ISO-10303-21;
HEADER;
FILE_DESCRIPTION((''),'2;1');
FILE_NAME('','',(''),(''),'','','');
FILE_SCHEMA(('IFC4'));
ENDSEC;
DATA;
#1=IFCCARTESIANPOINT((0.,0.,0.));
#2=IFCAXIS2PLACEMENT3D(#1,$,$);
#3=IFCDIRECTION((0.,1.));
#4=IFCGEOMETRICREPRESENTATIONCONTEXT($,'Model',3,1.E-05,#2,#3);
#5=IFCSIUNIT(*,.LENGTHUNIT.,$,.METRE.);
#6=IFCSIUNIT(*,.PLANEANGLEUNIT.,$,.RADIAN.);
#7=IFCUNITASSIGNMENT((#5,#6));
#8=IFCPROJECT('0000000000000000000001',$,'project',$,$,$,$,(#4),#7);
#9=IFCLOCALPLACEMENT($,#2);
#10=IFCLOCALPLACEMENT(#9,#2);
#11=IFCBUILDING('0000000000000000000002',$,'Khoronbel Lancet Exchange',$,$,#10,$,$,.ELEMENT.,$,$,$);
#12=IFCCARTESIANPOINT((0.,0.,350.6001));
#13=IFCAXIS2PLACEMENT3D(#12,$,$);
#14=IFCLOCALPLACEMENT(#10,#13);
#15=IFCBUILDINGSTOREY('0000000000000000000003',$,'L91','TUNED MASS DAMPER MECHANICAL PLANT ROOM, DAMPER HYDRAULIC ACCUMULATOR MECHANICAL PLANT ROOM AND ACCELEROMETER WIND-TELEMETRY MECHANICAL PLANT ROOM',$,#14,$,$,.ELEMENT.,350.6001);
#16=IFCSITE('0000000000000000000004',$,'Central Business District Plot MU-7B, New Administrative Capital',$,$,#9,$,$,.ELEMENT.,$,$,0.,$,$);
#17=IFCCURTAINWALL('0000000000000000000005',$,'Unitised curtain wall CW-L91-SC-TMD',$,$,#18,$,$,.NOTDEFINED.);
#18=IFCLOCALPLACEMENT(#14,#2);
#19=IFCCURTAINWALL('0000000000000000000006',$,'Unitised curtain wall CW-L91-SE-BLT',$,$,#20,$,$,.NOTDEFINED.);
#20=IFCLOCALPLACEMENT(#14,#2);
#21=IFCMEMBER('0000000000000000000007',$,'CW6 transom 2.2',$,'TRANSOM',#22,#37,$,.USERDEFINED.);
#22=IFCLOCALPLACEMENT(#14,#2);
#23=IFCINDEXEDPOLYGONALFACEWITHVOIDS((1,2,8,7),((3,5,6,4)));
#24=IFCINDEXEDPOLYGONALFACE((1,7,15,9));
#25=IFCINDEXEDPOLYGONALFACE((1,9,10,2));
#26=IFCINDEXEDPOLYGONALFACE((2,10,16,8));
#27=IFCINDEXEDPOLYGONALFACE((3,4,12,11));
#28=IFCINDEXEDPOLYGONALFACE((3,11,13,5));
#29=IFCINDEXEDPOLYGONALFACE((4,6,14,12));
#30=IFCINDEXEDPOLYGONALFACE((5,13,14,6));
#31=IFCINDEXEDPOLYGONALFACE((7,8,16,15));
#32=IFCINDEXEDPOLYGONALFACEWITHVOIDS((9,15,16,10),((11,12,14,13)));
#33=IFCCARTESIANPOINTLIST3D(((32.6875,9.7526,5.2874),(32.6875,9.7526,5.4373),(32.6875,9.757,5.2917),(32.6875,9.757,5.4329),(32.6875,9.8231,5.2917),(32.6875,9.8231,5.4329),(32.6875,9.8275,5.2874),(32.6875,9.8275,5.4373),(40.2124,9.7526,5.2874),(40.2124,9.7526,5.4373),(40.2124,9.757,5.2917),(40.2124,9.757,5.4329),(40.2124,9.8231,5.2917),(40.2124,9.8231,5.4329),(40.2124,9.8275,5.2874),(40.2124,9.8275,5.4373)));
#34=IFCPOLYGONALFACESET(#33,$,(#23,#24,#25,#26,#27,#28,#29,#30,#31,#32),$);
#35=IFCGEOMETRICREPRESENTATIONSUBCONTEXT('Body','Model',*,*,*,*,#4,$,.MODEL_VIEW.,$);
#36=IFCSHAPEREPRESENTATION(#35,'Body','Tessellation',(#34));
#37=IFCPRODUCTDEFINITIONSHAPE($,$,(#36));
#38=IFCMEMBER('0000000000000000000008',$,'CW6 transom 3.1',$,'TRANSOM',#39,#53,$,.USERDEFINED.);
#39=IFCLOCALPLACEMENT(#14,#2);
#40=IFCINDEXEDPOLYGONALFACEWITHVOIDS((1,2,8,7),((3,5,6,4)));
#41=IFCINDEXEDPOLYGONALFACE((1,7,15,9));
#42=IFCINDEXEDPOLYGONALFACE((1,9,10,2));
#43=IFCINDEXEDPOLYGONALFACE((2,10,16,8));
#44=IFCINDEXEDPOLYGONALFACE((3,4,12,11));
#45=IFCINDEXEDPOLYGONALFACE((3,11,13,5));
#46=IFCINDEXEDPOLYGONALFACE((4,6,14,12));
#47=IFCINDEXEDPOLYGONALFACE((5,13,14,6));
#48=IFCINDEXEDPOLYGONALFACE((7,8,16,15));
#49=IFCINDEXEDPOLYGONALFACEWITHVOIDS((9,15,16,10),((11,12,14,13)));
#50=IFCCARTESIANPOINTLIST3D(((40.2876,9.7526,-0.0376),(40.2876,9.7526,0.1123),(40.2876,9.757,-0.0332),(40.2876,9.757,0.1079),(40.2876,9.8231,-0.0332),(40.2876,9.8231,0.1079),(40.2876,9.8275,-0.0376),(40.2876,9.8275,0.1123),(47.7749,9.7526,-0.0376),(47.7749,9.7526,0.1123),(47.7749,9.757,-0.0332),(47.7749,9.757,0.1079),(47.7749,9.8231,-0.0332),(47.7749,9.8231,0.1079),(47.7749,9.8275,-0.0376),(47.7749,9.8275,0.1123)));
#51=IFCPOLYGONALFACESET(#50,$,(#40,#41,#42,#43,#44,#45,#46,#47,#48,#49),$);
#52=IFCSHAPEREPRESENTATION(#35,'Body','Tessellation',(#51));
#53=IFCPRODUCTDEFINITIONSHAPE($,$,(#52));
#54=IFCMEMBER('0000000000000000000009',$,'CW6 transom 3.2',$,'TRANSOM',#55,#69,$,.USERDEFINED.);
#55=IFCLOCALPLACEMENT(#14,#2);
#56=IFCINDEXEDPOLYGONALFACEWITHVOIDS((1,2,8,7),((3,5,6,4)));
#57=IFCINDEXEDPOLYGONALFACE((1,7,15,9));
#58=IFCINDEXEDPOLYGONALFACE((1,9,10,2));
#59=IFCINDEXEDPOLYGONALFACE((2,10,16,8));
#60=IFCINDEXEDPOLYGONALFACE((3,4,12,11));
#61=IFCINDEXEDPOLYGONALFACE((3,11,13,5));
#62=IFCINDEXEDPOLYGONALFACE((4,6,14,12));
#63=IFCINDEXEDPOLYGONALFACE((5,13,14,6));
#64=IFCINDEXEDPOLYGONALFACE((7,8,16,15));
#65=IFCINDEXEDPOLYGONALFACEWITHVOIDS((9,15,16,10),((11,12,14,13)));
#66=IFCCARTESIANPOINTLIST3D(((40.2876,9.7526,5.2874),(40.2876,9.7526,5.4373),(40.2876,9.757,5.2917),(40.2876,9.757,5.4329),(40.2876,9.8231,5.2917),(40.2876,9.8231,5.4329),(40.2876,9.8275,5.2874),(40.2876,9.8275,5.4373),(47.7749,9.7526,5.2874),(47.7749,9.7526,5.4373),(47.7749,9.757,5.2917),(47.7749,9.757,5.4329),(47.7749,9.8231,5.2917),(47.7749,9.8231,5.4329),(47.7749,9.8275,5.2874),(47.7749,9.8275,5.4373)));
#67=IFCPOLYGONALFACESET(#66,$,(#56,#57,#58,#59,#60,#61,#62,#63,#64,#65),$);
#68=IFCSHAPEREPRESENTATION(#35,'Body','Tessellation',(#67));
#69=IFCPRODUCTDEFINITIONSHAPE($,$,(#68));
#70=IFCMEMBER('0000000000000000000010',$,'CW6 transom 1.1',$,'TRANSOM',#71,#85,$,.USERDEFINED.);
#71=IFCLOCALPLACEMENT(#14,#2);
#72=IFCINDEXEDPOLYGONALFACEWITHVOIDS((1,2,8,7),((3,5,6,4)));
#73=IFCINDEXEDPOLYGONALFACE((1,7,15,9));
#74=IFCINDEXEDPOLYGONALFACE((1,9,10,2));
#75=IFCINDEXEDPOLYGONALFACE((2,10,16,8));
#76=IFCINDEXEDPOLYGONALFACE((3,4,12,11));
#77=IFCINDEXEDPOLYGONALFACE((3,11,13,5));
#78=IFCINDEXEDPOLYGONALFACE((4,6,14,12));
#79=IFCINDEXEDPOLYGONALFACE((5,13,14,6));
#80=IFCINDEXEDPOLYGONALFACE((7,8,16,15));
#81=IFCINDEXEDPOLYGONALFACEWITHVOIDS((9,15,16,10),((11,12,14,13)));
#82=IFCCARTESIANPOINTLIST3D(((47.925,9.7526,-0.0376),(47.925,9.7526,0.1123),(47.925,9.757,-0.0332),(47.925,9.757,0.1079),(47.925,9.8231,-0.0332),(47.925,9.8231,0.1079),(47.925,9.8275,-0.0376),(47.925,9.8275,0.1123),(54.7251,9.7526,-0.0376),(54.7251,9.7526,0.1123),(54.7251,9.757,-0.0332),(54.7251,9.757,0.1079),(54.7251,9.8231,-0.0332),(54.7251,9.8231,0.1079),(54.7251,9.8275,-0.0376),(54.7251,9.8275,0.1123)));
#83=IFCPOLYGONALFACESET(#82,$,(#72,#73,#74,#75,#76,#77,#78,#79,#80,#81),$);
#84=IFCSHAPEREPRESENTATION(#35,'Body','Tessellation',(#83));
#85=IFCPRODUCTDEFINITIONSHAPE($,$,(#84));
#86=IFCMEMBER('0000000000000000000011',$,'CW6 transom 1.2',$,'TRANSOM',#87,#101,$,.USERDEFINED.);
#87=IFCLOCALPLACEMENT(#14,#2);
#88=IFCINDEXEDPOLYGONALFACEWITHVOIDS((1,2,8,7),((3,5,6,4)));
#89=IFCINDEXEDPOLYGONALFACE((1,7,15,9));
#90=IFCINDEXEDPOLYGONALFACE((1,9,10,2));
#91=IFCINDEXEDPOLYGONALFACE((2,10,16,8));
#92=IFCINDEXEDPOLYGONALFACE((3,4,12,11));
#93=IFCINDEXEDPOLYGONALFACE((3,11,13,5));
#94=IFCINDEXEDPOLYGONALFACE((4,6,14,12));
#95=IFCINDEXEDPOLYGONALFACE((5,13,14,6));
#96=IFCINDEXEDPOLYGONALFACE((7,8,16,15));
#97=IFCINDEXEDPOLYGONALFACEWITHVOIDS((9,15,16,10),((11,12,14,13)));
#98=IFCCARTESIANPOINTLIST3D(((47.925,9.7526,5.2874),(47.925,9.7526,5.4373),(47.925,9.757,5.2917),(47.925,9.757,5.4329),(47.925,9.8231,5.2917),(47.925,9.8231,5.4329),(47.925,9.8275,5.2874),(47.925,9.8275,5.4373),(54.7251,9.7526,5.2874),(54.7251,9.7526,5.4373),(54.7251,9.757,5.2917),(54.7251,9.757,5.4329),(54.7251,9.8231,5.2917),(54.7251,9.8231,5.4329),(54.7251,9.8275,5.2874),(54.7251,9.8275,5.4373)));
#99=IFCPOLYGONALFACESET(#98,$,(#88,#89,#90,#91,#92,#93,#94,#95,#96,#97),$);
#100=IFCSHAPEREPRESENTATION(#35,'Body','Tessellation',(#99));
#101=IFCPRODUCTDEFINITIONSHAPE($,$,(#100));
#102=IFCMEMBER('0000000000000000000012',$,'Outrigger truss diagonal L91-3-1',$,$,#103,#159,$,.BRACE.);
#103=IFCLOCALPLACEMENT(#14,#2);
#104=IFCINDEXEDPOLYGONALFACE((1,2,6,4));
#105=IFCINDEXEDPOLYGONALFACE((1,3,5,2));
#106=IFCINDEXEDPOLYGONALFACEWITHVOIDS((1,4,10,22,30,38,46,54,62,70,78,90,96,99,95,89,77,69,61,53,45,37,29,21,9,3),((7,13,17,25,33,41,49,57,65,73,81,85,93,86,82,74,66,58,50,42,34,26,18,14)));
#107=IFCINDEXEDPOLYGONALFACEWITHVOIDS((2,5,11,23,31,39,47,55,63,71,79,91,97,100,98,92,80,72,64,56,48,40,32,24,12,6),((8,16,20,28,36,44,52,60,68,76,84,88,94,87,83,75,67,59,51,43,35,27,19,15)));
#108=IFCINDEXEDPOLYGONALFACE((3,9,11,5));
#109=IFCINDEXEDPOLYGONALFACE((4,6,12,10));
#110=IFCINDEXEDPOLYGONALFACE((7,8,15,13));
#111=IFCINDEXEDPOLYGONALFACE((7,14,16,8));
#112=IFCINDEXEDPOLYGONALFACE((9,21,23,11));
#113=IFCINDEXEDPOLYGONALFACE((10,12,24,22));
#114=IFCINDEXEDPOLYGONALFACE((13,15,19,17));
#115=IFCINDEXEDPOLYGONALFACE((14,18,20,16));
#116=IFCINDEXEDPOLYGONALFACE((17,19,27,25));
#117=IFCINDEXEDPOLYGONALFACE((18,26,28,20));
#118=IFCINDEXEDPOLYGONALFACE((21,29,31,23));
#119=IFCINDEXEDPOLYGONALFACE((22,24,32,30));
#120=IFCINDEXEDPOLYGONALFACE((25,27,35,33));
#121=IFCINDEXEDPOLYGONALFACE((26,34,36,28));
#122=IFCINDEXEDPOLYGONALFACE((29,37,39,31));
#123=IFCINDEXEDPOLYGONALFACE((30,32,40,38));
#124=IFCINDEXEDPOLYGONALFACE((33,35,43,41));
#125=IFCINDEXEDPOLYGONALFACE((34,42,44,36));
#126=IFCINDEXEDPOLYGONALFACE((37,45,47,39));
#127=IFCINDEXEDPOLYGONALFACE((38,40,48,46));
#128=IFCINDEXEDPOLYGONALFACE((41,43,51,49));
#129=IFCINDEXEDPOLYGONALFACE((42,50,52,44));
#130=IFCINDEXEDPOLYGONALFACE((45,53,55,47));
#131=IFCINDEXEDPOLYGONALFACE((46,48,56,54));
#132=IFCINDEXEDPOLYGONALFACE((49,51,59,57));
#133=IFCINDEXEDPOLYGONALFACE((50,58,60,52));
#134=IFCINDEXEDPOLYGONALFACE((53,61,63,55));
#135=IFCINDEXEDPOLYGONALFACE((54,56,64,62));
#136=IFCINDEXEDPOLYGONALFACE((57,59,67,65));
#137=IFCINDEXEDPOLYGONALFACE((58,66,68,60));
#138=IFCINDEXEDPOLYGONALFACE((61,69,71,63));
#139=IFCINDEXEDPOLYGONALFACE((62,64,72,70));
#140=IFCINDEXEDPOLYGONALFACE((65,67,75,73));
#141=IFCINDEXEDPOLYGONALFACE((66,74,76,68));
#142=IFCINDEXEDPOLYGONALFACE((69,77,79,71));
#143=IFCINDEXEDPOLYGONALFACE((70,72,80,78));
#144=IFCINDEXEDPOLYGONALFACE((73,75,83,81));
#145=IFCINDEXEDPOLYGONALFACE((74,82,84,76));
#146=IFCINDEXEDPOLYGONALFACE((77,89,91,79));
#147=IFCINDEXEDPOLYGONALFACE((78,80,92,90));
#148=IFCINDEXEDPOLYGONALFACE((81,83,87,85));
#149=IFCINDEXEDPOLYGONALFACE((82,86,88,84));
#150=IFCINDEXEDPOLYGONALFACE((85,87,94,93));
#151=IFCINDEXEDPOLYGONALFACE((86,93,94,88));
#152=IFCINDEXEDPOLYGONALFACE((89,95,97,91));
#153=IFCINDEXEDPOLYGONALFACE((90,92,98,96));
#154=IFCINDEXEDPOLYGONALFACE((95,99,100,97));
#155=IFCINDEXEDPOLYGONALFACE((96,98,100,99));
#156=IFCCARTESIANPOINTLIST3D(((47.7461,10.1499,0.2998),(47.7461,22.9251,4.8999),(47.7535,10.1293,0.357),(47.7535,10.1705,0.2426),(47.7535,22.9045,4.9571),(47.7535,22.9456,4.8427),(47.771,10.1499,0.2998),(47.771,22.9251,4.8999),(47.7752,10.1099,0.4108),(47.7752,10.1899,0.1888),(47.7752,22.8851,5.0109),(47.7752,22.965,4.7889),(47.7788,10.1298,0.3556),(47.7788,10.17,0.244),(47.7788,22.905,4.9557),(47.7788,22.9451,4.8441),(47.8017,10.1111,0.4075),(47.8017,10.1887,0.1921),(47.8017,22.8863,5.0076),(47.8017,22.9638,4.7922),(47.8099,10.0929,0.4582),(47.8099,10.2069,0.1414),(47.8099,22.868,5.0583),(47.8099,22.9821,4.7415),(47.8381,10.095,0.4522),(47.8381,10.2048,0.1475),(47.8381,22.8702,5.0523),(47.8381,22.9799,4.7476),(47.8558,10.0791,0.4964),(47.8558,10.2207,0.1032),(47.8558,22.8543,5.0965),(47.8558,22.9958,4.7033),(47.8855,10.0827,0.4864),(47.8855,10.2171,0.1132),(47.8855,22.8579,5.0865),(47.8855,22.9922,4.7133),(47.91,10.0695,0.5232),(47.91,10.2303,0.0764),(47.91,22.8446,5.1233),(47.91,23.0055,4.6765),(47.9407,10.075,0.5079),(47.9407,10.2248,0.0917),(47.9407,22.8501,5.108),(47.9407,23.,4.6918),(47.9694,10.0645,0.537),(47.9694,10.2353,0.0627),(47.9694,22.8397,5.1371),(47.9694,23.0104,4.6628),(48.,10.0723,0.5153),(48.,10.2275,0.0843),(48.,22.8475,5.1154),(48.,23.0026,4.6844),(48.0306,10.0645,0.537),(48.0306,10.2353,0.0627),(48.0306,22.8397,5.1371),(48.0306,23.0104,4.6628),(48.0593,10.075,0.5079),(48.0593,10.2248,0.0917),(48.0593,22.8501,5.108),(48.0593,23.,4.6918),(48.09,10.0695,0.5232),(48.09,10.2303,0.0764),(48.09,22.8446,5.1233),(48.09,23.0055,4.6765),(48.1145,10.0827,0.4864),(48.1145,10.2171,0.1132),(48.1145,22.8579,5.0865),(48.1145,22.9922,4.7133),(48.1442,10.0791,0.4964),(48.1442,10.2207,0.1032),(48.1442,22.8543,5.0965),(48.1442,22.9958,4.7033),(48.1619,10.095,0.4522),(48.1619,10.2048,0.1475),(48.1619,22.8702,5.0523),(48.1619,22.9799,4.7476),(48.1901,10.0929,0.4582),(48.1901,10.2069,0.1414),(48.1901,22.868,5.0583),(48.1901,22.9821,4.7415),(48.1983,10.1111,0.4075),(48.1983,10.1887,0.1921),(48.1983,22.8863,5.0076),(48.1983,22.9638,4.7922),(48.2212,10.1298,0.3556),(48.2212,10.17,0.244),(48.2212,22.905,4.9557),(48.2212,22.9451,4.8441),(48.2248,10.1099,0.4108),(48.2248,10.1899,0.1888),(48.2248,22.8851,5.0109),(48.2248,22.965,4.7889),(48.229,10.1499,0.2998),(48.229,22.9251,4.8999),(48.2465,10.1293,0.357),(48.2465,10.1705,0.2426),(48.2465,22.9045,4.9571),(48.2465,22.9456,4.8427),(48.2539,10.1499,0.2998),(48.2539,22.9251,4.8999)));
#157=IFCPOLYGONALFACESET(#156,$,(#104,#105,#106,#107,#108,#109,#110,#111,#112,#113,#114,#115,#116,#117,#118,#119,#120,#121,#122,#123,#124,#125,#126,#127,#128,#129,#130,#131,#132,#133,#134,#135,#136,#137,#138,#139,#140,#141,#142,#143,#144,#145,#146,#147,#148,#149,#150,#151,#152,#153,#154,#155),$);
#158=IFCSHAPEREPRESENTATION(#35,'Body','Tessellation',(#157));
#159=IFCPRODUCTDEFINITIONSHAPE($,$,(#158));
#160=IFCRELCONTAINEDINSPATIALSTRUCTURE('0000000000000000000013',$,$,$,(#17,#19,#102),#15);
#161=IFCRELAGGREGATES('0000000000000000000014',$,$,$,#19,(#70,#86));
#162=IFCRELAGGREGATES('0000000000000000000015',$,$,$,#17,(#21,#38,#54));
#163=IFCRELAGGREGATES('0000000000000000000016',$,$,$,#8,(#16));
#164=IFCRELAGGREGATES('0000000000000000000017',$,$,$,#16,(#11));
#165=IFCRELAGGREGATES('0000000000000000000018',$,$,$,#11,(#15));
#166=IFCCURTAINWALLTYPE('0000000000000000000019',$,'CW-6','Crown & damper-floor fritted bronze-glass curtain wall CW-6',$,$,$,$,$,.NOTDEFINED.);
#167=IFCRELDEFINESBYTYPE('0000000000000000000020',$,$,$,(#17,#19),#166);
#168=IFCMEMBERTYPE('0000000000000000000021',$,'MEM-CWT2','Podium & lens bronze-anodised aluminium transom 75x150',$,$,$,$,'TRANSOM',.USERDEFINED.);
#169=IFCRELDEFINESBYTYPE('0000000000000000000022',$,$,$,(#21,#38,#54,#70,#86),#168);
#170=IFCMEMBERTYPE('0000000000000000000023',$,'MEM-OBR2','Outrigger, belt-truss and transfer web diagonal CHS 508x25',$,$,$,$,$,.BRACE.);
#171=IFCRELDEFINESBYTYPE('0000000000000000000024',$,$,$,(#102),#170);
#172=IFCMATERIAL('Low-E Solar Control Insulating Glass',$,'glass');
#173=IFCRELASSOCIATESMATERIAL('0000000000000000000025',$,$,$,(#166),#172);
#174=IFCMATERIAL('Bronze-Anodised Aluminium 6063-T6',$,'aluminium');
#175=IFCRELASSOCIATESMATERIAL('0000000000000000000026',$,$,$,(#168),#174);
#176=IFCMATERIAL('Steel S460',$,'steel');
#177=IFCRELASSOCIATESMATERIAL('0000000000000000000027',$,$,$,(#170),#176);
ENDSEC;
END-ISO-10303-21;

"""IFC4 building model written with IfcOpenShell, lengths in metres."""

from ifc_helpers import new_model, si_unit, direction, frame, origin, origin_2d, place, context, subcontext, project, spatial, hollow_rectangle, hollow_circle, extrude, material, material_profile, profile_set, type_object, element, aggregate, save


model = new_model("IFC4")

# Units and contexts
model_context = context("Model", 3, precision=1e-05, world=origin(), true_north=direction((0.0, 1.0)))
body_context = subcontext(model_context, "Body", "Model", "MODEL_VIEW")
ifc_project = project(units=[si_unit("LENGTHUNIT", "METRE"), si_unit("PLANEANGLEUNIT", "RADIAN")], contexts=[model_context])

# Site, building, storey
site_placement = place(None, origin())
site = spatial("IfcSite", under=ifc_project, at=site_placement, Name="Central Business District Plot MU-7B, New Administrative Capital", CompositionType="ELEMENT", RefElevation=0.0)
building_placement = place(site_placement, origin())
building = spatial("IfcBuilding", under=site, at=building_placement, Name="Khoronbel Lancet Exchange", CompositionType="ELEMENT")
storey_placement = place(building_placement, frame((0.0, 0.0, 350.6001)))
storey = spatial("IfcBuildingStorey", under=building, at=storey_placement, Name="L91", Description="TUNED MASS DAMPER MECHANICAL PLANT ROOM, DAMPER HYDRAULIC ACCUMULATOR MECHANICAL PLANT ROOM AND ACCELEROMETER WIND-TELEMETRY MECHANICAL PLANT ROOM", CompositionType="ELEMENT", Elevation=350.6001)

# Shared definitions
ifc_material_1 = material(Name="Steel S460", Category="steel")

# Curtain wall
ifc_material_2 = material(Name="Low-E Solar Control Insulating Glass", Category="glass")
curtain_wall_type = type_object("IfcCurtainWallType", Name="CW-6", Description="Crown & damper-floor fritted bronze-glass curtain wall CW-6", PredefinedType="NOTDEFINED", material=ifc_material_2)
curtain_wall_1_placement = place(storey_placement, origin())
curtain_wall_1 = element("IfcCurtainWall", 1, at=curtain_wall_1_placement, inside=storey, type_object=curtain_wall_type, Name="Unitised curtain wall CW-L91-SC-TMD", PredefinedType="NOTDEFINED")
ifc_material_3 = material(Name="Bronze-Anodised Aluminium 6063-T6", Category="aluminium")

# Curtain wall
curtain_wall_2_placement = place(storey_placement, origin())
curtain_wall_2 = element("IfcCurtainWall", 2, at=curtain_wall_2_placement, inside=storey, type_object=curtain_wall_type, Name="Unitised curtain wall CW-L91-SE-BLT", PredefinedType="NOTDEFINED")

# Members
ifc_material_profile_1 = material_profile(ifc_material_3, hollow_rectangle(XDim=0.075, YDim=0.1499, WallThickness=0.0044, at=origin_2d()), Name="ALU TRANSOM 75x150")
ifc_profile_set_1 = profile_set([ifc_material_profile_1], Name="Bronze-Anodised Aluminium 6063-T6")
member_type_1 = type_object("IfcMemberType", Name="MEM-CWT2", Description="Podium & lens bronze-anodised aluminium transom 75x150", ElementType="TRANSOM", PredefinedType="USERDEFINED", material=ifc_profile_set_1)
member_1_placement = place(storey_placement, frame((32.6875, 9.79, 5.3623), z_axis=(1.0, 0.0, 0.0), x_axis=(0.0, 1.0, 0.0)))
member_1 = element("IfcMember", 3, at=member_1_placement, type_object=member_type_1, Name="CW6 transom 2.2", ObjectType="TRANSOM", PredefinedType="USERDEFINED", context=body_context, shape_type="SweptSolid", body=[
    extrude(hollow_rectangle(XDim=0.075, YDim=0.1499, WallThickness=0.0044, at=origin_2d()), origin(), (0.0, 0.0, 1.0), 7.5249),
])
member_2_placement = place(storey_placement, frame((40.2876, 9.79, 0.0374), z_axis=(1.0, 0.0, 0.0), x_axis=(0.0, 1.0, 0.0)))
member_2 = element("IfcMember", 4, at=member_2_placement, type_object=member_type_1, Name="CW6 transom 3.1", ObjectType="TRANSOM", PredefinedType="USERDEFINED", context=body_context, shape_type="SweptSolid", body=[
    extrude(hollow_rectangle(XDim=0.075, YDim=0.1499, WallThickness=0.0044, at=origin_2d()), origin(), (0.0, 0.0, 1.0), 7.4873),
])
member_3_placement = place(storey_placement, frame((40.2876, 9.79, 5.3623), z_axis=(1.0, 0.0, 0.0), x_axis=(0.0, 1.0, 0.0)))
member_3 = element("IfcMember", 5, at=member_3_placement, type_object=member_type_1, Name="CW6 transom 3.2", ObjectType="TRANSOM", PredefinedType="USERDEFINED", context=body_context, shape_type="SweptSolid", body=[
    extrude(hollow_rectangle(XDim=0.075, YDim=0.1499, WallThickness=0.0044, at=origin_2d()), origin(), (0.0, 0.0, 1.0), 7.4873),
])
member_4_placement = place(storey_placement, frame((47.925, 9.79, 0.0374), z_axis=(1.0, 0.0, 0.0), x_axis=(0.0, 1.0, 0.0)))
member_4 = element("IfcMember", 6, at=member_4_placement, type_object=member_type_1, Name="CW6 transom 1.1", ObjectType="TRANSOM", PredefinedType="USERDEFINED", context=body_context, shape_type="SweptSolid", body=[
    extrude(hollow_rectangle(XDim=0.075, YDim=0.1499, WallThickness=0.0044, at=origin_2d()), origin(), (0.0, 0.0, 1.0), 6.8),
])
member_5_placement = place(storey_placement, frame((47.925, 9.79, 5.3623), z_axis=(1.0, 0.0, 0.0), x_axis=(0.0, 1.0, 0.0)))
member_5 = element("IfcMember", 7, at=member_5_placement, type_object=member_type_1, Name="CW6 transom 1.2", ObjectType="TRANSOM", PredefinedType="USERDEFINED", context=body_context, shape_type="SweptSolid", body=[
    extrude(hollow_rectangle(XDim=0.075, YDim=0.1499, WallThickness=0.0044, at=origin_2d()), origin(), (0.0, 0.0, 1.0), 6.8),
])
aggregate(curtain_wall_2, [member_4, member_5])

# Member
ifc_material_profile_2 = material_profile(ifc_material_1, hollow_circle(Radius=0.2539, WallThickness=0.0249, at=origin_2d()), Name="CHS 508x25")
ifc_profile_set_2 = profile_set([ifc_material_profile_2], Name="Steel S460")
member_type_2 = type_object("IfcMemberType", Name="MEM-OBR2", Description="Outrigger, belt-truss and transfer web diagonal CHS 508x25", PredefinedType="BRACE", material=ifc_profile_set_2)
member_6_placement = place(storey_placement, frame((48.0, 10.1499, 0.2998), z_axis=(0.0, 0.940863, 0.338788), x_axis=(-1.0, 0.0, 0.0)))
element("IfcMember", 8, at=member_6_placement, inside=storey, type_object=member_type_2, Name="Outrigger truss diagonal L91-3-1", PredefinedType="BRACE", context=body_context, shape_type="SweptSolid", body=[
    extrude(hollow_circle(Radius=0.2539, WallThickness=0.0249, at=origin_2d()), origin(), (0.0, 0.0, 1.0), 13.5781),
])

aggregate(curtain_wall_1, [member_1, member_2, member_3])

save(model, "model.ifc")
